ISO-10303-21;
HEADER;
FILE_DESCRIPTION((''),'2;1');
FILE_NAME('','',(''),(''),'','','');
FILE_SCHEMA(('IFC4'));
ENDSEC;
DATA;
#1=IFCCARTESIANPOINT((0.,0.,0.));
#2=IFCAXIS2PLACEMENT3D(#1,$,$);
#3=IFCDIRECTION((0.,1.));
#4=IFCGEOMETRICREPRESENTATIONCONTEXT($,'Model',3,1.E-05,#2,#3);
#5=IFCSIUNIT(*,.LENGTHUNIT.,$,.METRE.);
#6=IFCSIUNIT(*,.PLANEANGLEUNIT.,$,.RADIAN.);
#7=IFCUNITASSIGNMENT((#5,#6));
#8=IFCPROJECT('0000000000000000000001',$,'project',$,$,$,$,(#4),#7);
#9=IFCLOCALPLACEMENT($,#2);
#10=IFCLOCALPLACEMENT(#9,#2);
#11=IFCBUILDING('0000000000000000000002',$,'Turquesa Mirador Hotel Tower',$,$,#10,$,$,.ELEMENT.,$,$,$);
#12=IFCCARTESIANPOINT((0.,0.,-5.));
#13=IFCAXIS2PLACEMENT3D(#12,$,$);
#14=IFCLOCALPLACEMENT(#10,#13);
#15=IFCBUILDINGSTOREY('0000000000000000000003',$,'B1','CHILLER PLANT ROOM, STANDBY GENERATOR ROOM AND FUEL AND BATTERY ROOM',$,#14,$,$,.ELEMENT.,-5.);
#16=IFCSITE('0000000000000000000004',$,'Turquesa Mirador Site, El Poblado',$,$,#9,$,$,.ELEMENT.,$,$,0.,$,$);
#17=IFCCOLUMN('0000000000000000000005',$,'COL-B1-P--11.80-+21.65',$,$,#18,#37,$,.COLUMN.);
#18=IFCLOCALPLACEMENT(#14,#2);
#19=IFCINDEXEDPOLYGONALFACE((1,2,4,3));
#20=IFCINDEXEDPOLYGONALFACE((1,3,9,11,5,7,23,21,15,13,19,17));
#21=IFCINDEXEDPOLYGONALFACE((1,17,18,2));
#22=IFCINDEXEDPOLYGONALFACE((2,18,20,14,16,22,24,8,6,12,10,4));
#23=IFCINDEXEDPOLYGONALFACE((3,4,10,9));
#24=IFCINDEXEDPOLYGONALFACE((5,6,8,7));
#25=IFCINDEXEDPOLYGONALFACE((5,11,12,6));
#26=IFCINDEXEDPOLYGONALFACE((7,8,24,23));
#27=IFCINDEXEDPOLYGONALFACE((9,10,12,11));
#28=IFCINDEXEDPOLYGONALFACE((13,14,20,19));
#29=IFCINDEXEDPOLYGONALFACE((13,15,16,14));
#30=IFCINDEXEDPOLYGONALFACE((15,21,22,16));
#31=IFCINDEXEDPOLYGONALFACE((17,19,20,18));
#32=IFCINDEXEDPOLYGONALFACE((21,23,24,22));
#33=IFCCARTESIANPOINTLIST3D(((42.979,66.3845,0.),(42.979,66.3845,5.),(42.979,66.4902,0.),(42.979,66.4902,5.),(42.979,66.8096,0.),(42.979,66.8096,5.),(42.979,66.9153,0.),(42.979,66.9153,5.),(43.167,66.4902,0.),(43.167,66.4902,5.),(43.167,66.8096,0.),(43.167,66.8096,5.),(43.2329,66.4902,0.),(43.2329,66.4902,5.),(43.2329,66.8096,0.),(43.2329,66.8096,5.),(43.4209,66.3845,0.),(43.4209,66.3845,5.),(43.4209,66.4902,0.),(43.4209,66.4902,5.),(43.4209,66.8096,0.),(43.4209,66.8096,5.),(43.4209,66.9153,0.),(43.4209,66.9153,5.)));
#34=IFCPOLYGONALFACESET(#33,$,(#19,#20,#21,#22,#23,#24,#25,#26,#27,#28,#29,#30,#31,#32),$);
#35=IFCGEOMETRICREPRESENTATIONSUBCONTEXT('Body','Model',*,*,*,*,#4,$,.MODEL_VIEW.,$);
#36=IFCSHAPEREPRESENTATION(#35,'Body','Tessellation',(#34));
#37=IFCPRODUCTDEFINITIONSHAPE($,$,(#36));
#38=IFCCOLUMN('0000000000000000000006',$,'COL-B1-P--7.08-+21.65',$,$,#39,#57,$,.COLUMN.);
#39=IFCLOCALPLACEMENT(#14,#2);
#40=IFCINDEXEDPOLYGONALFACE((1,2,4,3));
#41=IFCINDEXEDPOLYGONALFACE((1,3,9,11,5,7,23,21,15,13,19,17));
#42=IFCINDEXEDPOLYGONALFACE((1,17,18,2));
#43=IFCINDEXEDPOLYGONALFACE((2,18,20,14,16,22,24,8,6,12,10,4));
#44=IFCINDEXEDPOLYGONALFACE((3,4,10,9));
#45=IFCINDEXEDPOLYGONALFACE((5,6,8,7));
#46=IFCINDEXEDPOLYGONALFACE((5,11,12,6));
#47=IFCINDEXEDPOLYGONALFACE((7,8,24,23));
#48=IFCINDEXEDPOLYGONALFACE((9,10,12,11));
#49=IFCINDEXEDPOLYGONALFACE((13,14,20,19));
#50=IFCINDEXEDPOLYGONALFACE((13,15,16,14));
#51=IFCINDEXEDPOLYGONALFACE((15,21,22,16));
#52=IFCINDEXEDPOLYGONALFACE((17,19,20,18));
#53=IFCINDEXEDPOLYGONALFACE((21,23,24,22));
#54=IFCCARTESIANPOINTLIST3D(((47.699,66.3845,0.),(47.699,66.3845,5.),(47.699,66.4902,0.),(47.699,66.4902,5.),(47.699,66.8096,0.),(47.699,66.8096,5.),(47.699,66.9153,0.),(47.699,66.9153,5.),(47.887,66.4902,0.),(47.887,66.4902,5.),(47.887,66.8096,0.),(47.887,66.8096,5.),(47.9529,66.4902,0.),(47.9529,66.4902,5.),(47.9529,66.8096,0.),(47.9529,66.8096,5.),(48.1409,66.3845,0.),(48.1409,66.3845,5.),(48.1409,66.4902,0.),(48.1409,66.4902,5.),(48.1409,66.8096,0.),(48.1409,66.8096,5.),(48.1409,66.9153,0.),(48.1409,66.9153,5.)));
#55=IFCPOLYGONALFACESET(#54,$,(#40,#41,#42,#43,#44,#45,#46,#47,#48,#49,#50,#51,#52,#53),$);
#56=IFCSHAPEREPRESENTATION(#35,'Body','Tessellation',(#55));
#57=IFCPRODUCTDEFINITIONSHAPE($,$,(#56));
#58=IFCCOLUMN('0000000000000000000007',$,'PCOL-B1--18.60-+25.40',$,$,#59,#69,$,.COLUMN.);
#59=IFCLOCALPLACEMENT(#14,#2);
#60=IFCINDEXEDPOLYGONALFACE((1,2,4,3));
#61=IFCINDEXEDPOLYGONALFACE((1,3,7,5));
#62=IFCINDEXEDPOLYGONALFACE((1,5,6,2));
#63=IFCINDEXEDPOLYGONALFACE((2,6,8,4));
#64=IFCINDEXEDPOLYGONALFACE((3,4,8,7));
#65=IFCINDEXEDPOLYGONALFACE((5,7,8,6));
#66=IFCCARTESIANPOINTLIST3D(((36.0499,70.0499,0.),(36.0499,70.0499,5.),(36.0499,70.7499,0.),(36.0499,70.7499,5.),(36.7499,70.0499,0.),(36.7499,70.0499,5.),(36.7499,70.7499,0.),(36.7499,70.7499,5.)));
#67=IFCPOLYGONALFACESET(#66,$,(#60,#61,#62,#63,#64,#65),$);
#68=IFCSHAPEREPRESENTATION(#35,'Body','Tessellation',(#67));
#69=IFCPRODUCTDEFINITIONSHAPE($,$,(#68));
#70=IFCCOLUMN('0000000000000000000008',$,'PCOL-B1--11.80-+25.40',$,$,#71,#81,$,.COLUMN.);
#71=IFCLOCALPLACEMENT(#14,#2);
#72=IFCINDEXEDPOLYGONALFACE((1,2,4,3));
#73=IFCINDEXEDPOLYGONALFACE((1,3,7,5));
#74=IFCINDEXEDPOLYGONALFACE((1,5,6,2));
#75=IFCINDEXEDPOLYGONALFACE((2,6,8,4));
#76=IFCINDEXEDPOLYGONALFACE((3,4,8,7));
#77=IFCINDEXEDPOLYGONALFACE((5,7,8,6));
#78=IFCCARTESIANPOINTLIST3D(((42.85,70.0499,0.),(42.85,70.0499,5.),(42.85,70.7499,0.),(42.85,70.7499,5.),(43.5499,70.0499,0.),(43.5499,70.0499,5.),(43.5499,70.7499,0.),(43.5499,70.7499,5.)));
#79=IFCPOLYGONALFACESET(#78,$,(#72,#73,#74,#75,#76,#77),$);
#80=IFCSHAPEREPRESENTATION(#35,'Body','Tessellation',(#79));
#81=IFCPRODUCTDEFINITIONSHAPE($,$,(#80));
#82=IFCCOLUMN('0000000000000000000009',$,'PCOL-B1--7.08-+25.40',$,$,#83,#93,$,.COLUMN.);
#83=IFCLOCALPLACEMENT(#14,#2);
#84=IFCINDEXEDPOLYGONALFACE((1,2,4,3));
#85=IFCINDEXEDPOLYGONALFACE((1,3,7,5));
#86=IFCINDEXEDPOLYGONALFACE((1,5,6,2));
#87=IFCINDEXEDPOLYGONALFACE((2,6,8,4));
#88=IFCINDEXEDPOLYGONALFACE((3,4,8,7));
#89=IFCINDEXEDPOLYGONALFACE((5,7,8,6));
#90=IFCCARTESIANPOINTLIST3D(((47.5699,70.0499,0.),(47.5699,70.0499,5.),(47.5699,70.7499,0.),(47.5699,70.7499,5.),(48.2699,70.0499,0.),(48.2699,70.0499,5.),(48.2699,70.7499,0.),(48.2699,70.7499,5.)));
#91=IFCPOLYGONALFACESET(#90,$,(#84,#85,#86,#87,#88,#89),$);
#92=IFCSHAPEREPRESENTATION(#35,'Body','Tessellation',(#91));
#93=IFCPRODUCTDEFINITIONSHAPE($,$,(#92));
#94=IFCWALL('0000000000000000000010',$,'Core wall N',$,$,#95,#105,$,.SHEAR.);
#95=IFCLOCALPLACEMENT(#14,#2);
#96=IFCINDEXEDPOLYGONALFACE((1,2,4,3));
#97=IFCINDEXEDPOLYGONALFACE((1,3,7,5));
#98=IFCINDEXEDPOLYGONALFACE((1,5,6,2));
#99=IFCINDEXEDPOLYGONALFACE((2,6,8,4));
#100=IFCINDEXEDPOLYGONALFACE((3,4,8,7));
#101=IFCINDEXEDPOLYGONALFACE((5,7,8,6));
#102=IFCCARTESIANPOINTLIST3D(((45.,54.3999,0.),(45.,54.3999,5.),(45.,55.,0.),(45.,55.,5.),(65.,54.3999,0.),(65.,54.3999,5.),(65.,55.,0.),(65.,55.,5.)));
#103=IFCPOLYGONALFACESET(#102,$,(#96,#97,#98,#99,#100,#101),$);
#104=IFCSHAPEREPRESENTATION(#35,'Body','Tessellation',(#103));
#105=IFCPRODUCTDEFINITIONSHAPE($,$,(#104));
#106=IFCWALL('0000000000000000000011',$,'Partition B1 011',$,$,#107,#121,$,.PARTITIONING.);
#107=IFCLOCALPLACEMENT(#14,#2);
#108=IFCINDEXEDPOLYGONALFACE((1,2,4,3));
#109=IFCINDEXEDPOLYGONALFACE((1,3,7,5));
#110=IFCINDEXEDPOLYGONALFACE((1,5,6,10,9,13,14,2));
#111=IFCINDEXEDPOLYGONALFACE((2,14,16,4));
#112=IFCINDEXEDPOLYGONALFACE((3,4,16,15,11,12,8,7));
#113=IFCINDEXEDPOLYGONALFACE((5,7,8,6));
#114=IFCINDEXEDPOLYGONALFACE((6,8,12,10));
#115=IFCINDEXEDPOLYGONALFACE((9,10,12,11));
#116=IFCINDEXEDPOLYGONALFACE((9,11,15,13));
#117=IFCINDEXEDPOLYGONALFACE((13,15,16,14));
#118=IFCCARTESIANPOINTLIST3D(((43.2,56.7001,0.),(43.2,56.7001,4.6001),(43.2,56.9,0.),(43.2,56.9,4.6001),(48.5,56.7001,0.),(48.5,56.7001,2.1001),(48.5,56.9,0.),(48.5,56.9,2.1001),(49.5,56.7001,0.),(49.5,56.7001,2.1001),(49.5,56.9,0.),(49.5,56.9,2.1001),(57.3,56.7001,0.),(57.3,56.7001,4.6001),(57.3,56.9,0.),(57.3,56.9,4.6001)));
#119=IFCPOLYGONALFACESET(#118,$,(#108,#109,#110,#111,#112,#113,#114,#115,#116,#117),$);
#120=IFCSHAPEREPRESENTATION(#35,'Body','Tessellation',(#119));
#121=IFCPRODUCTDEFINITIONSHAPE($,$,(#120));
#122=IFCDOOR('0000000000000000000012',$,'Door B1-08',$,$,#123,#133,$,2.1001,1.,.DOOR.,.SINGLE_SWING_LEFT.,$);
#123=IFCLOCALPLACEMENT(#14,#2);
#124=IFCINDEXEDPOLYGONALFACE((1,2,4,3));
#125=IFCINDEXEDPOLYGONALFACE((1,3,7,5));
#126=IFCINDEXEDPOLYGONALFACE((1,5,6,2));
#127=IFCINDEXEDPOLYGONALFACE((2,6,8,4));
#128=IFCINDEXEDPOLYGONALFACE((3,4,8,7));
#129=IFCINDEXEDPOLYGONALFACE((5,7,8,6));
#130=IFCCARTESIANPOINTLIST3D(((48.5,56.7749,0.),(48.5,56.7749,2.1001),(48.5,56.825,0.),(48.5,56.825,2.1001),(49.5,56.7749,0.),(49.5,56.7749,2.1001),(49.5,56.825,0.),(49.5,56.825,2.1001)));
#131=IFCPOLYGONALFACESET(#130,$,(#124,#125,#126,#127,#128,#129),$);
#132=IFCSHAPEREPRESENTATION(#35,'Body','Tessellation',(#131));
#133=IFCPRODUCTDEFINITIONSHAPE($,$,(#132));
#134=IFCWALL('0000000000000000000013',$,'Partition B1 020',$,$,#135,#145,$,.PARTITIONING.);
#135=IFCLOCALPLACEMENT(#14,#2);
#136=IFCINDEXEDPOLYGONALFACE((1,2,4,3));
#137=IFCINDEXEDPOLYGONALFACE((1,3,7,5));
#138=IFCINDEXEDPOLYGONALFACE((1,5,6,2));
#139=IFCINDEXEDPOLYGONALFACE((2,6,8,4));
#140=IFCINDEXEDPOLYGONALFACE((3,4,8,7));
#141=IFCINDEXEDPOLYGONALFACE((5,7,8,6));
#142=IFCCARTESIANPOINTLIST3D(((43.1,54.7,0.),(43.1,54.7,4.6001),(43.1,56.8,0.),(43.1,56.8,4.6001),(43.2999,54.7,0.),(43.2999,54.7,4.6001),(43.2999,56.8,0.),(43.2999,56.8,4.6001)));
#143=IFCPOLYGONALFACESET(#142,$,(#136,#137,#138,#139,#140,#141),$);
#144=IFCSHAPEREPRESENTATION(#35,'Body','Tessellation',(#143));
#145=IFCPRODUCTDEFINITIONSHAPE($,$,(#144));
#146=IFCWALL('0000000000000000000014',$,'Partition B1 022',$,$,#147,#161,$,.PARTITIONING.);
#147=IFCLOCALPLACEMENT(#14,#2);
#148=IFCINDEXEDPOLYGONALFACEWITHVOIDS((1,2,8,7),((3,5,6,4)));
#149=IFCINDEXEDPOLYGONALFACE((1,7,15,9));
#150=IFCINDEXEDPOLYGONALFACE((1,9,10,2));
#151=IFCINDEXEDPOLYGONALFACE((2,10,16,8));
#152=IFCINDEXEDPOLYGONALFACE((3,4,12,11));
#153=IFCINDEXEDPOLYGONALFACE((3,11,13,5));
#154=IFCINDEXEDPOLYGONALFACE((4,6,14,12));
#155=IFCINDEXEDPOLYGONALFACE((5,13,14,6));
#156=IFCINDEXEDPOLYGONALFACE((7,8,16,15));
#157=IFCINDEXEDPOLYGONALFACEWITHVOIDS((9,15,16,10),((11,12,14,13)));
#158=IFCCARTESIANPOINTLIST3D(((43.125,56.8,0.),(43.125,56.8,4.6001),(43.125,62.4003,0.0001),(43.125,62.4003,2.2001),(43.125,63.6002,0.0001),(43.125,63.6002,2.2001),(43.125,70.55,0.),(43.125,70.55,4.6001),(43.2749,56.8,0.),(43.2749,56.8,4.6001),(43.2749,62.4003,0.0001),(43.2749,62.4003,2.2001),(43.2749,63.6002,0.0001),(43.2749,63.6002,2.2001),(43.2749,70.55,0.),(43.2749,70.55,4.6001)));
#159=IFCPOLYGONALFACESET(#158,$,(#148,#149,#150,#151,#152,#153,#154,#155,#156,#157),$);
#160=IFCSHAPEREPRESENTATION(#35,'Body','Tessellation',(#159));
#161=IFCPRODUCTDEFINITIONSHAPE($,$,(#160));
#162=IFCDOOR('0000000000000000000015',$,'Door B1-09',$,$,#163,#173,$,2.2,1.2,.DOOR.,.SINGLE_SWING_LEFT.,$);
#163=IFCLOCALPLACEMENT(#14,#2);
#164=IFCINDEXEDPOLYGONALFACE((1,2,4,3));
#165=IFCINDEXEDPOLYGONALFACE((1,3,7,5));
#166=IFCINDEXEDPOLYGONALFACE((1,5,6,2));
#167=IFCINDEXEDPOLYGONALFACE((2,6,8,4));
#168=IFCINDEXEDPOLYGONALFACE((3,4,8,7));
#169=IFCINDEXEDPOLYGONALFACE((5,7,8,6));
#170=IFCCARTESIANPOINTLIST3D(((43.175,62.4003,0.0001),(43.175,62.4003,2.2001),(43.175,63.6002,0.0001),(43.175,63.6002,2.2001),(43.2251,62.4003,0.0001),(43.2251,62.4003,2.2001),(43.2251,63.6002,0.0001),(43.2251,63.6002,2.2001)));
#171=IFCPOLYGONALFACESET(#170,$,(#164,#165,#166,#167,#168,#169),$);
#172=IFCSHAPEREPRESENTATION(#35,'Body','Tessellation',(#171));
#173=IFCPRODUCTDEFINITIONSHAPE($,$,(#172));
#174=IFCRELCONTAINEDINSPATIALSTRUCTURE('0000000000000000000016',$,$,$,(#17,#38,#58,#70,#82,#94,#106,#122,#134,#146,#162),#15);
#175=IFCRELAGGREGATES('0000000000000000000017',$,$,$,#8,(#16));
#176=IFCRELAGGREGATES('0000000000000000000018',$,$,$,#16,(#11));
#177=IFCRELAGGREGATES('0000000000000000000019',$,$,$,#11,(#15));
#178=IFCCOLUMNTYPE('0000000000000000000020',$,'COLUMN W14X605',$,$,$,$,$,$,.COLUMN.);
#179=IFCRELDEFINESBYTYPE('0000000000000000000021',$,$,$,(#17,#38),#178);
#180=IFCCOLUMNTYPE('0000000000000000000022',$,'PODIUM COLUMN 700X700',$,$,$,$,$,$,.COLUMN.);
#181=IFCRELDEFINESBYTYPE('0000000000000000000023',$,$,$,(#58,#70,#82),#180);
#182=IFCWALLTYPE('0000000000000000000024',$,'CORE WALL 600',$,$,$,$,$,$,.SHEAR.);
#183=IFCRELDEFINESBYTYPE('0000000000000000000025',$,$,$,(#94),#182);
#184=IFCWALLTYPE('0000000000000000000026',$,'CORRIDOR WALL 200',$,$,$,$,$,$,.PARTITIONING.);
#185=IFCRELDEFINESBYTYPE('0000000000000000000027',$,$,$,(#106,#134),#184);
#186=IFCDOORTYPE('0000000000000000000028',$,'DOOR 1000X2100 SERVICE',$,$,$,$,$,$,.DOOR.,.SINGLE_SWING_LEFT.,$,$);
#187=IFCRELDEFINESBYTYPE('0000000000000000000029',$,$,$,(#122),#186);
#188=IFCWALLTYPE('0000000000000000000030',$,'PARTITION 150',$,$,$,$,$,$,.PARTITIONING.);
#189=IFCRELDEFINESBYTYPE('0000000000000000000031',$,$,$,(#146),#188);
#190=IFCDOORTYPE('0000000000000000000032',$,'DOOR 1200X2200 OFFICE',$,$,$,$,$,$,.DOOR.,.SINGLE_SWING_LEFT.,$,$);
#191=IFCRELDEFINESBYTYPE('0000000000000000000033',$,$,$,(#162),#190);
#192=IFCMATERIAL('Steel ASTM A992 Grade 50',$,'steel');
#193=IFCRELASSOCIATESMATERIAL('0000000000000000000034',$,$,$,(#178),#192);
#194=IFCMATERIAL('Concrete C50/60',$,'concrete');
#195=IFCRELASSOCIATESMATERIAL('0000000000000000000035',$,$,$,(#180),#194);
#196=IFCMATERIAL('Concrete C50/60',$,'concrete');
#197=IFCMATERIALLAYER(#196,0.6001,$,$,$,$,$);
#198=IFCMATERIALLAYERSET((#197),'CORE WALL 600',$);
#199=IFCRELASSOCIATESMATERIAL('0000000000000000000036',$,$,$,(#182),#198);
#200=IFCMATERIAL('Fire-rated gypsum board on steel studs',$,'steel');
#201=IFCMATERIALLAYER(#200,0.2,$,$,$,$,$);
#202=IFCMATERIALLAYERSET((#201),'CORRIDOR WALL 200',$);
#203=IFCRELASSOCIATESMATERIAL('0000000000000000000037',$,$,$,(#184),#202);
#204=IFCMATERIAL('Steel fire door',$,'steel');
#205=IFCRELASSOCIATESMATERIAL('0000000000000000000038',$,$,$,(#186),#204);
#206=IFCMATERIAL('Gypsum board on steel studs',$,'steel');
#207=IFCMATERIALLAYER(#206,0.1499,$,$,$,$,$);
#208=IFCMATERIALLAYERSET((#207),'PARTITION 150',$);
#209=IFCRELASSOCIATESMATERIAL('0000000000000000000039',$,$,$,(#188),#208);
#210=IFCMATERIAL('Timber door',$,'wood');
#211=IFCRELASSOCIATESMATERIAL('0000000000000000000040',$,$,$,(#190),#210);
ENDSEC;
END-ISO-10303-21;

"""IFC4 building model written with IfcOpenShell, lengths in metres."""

from ifc_helpers import new_model, si_unit, direction, frame, frame_2d, origin, origin_2d, place, context, subcontext, project, spatial, rectangle, i_section, extrude, material, layer, layer_set, material_profile, profile_set, type_object, element, fill, save


model = new_model("IFC4")

# Units and contexts
model_context = context("Model", 3, precision=1e-05, world=origin(), true_north=direction((0.0, 1.0)))
body_context = subcontext(model_context, "Body", "Model", "MODEL_VIEW")
ifc_project = project(units=[si_unit("LENGTHUNIT", "METRE"), si_unit("PLANEANGLEUNIT", "RADIAN")], contexts=[model_context])

# Site, building, storey
site_placement = place(None, origin())
site = spatial("IfcSite", under=ifc_project, at=site_placement, Name="Turquesa Mirador Site, El Poblado", CompositionType="ELEMENT", RefElevation=0.0)
building_placement = place(site_placement, origin())
building = spatial("IfcBuilding", under=site, at=building_placement, Name="Turquesa Mirador Hotel Tower", CompositionType="ELEMENT")
storey_placement = place(building_placement, frame((0.0, 0.0, -5.0)))
storey = spatial("IfcBuildingStorey", under=building, at=storey_placement, Name="B1", Description="CHILLER PLANT ROOM, STANDBY GENERATOR ROOM AND FUEL AND BATTERY ROOM", CompositionType="ELEMENT", Elevation=-5.0)

# Columns
ifc_material_1 = material(Name="Steel ASTM A992 Grade 50", Category="steel")
ifc_material_profile_1 = material_profile(ifc_material_1, i_section(OverallWidth=0.4419, OverallDepth=0.5308, WebThickness=0.0659, FlangeThickness=0.1057, at=origin_2d()), Name="W14X605")
ifc_profile_set_1 = profile_set([ifc_material_profile_1], Name="Steel ASTM A992 Grade 50")
column_type_1 = type_object("IfcColumnType", Name="COLUMN W14X605", PredefinedType="COLUMN", material=ifc_profile_set_1)
for number, where, z_axis, x_axis, name in (
    (1, (43.2, 66.6499, 0.0), (0.0, 0.0, 1.0), (1.0, 0.0, 0.0), "COL-B1-P--11.80-+21.65"),
    (2, (47.9199, 66.6499, 0.0), (0.0, 0.0, 1.0), (1.0, 0.0, 0.0), "COL-B1-P--7.08-+21.65"),
):
    element("IfcColumn", number, at=place(storey_placement, frame(where, z_axis=z_axis, x_axis=x_axis)), inside=storey, type_object=column_type_1, Name=name, PredefinedType="COLUMN", context=body_context, shape_type="SweptSolid", body=[
        extrude(i_section(OverallWidth=0.4419, OverallDepth=0.5308, WebThickness=0.0659, FlangeThickness=0.1057, at=origin_2d()), origin(), (0.0, 0.0, 1.0), 5.0),
    ])
ifc_material_2 = material(Name="Concrete C50/60", Category="concrete")
ifc_material_profile_2 = material_profile(ifc_material_2, rectangle(XDim=0.7, YDim=0.7, at=origin_2d()), Name="RC 700X700")
ifc_profile_set_2 = profile_set([ifc_material_profile_2], Name="Concrete C50/60")
column_type_2 = type_object("IfcColumnType", Name="PODIUM COLUMN 700X700", PredefinedType="COLUMN", material=ifc_profile_set_2)
for number, where, z_axis, x_axis, name in (
    (3, (36.3999, 70.3999, 0.0), (0.0, 0.0, 1.0), (1.0, 0.0, 0.0), "PCOL-B1--18.60-+25.40"),
    (4, (43.2, 70.3999, 0.0), (0.0, 0.0, 1.0), (1.0, 0.0, 0.0), "PCOL-B1--11.80-+25.40"),
    (5, (47.9199, 70.3999, 0.0), (0.0, 0.0, 1.0), (1.0, 0.0, 0.0), "PCOL-B1--7.08-+25.40"),
):
    element("IfcColumn", number, at=place(storey_placement, frame(where, z_axis=z_axis, x_axis=x_axis)), inside=storey, type_object=column_type_2, Name=name, PredefinedType="COLUMN", context=body_context, shape_type="SweptSolid", body=[
        extrude(rectangle(XDim=0.7, YDim=0.7, at=origin_2d()), origin(), (0.0, 0.0, 1.0), 5.0),
    ])

# Wall
ifc_material_3 = material(Name="Concrete C50/60", Category="concrete")
ifc_layer_1 = layer(ifc_material_3, 0.6001)
ifc_layer_set_1 = layer_set([ifc_layer_1], Name="CORE WALL 600")
wall_type_1 = type_object("IfcWallType", Name="CORE WALL 600", PredefinedType="SHEAR", material=ifc_layer_set_1)
wall_1_placement = place(storey_placement, frame((45.0, 54.7, 0.0), z_axis=(0.0, 0.0, 1.0), x_axis=(1.0, 0.0, 0.0)))
element("IfcWall", 6, at=wall_1_placement, inside=storey, type_object=wall_type_1, Name="Core wall N", PredefinedType="SHEAR", context=body_context, shape_type="SweptSolid", body=[
    extrude(rectangle(XDim=20.0, YDim=0.6001, at=frame_2d((10.0, 0.0))), origin(), (0.0, 0.0, 1.0), 5.0),
])

# Wall, opening, door
ifc_material_4 = material(Name="Fire-rated gypsum board on steel studs", Category="steel")
ifc_layer_2 = layer(ifc_material_4, 0.2)
ifc_layer_set_2 = layer_set([ifc_layer_2], Name="CORRIDOR WALL 200")
wall_type_2 = type_object("IfcWallType", Name="CORRIDOR WALL 200", PredefinedType="PARTITIONING", material=ifc_layer_set_2)
wall_2_placement = place(storey_placement, frame((43.2, 56.8, 0.0), z_axis=(0.0, 0.0, 1.0), x_axis=(1.0, 0.0, 0.0)))
wall_2 = element("IfcWall", 7, at=wall_2_placement, inside=storey, type_object=wall_type_2, Name="Partition B1 011", PredefinedType="PARTITIONING", context=body_context, shape_type="SweptSolid", body=[
    extrude(rectangle(XDim=14.1001, YDim=0.2, at=frame_2d((7.05, 0.0))), origin(), (0.0, 0.0, 1.0), 4.6001),
])
opening_1_placement = place(wall_2_placement, frame((5.3, 0.0, 0.0)))
opening_1 = element("IfcOpeningElement", 8, at=opening_1_placement, cuts=wall_2, PredefinedType="OPENING", context=body_context, shape_type="SweptSolid", body=[
    extrude(rectangle(XDim=1.0, YDim=2.1001, at=frame_2d((0.5, 1.05))), frame((0.0, 0.1099, 0.0), z_axis=(0.0, -1.0, 0.0), x_axis=(1.0, 0.0, 0.0)), (0.0, 0.0, 1.0), 0.22),
])
ifc_material_5 = material(Name="Steel fire door", Category="steel")
door_type_1 = type_object("IfcDoorType", Name="DOOR 1000X2100 SERVICE", OperationType="SINGLE_SWING_LEFT", PredefinedType="DOOR", material=ifc_material_5)
door_1_placement = place(opening_1_placement, origin())
door_1 = element("IfcDoor", 9, at=door_1_placement, inside=storey, type_object=door_type_1, Name="Door B1-08", OperationType="SINGLE_SWING_LEFT", OverallHeight=2.1001, OverallWidth=1.0, PredefinedType="DOOR", context=body_context, shape_type="SweptSolid", body=[
    extrude(rectangle(XDim=1.0, YDim=2.1001, at=frame_2d((0.5, 1.05))), frame((0.0, 0.0249, 0.0), z_axis=(0.0, -1.0, 0.0), x_axis=(1.0, 0.0, 0.0)), (0.0, 0.0, 1.0), 0.05),
])
fill(opening_1, door_1)

# Wall
wall_3_placement = place(storey_placement, frame((43.2, 54.7, 0.0), z_axis=(0.0, 0.0, 1.0), x_axis=(0.0, 1.0, 0.0)))
element("IfcWall", 10, at=wall_3_placement, inside=storey, type_object=wall_type_2, Name="Partition B1 020", PredefinedType="PARTITIONING", context=body_context, shape_type="SweptSolid", body=[
    extrude(rectangle(XDim=2.1001, YDim=0.2, at=frame_2d((1.05, 0.0))), origin(), (0.0, 0.0, 1.0), 4.6001),
])

# Wall, opening, door
ifc_material_6 = material(Name="Gypsum board on steel studs", Category="steel")
ifc_layer_3 = layer(ifc_material_6, 0.1499)
ifc_layer_set_3 = layer_set([ifc_layer_3], Name="PARTITION 150")
wall_type_3 = type_object("IfcWallType", Name="PARTITION 150", PredefinedType="PARTITIONING", material=ifc_layer_set_3)
wall_4_placement = place(storey_placement, frame((43.2, 56.8, 0.0), z_axis=(0.0, 0.0, 1.0), x_axis=(0.0, 1.0, 0.0)))
wall_4 = element("IfcWall", 11, at=wall_4_placement, inside=storey, type_object=wall_type_3, Name="Partition B1 022", PredefinedType="PARTITIONING", context=body_context, shape_type="SweptSolid", body=[
    extrude(rectangle(XDim=13.75, YDim=0.1499, at=frame_2d((6.875, 0.0))), origin(), (0.0, 0.0, 1.0), 4.6001),
])
opening_2_placement = place(wall_4_placement, frame((5.6001, 0.0, 0.0)))
opening_2 = element("IfcOpeningElement", 12, at=opening_2_placement, cuts=wall_4, PredefinedType="OPENING", context=body_context, shape_type="SweptSolid", body=[
    extrude(rectangle(XDim=1.2, YDim=2.2, at=frame_2d((0.6001, 1.1001))), frame((0.0, 0.085, 0.0), z_axis=(0.0, -1.0, 0.0), x_axis=(1.0, 0.0, 0.0)), (0.0, 0.0, 1.0), 0.1699),
])
ifc_material_7 = material(Name="Timber door", Category="wood")
door_type_2 = type_object("IfcDoorType", Name="DOOR 1200X2200 OFFICE", OperationType="SINGLE_SWING_LEFT", PredefinedType="DOOR", material=ifc_material_7)
door_2_placement = place(opening_2_placement, origin())
door_2 = element("IfcDoor", 13, at=door_2_placement, inside=storey, type_object=door_type_2, Name="Door B1-09", OperationType="SINGLE_SWING_LEFT", OverallHeight=2.2, OverallWidth=1.2, PredefinedType="DOOR", context=body_context, shape_type="SweptSolid", body=[
    extrude(rectangle(XDim=1.2, YDim=2.2, at=frame_2d((0.6001, 1.1001))), frame((0.0, 0.0249, 0.0), z_axis=(0.0, -1.0, 0.0), x_axis=(1.0, 0.0, 0.0)), (0.0, 0.0, 1.0), 0.05),
])
fill(opening_2, door_2)

save(model, "model.ifc")
